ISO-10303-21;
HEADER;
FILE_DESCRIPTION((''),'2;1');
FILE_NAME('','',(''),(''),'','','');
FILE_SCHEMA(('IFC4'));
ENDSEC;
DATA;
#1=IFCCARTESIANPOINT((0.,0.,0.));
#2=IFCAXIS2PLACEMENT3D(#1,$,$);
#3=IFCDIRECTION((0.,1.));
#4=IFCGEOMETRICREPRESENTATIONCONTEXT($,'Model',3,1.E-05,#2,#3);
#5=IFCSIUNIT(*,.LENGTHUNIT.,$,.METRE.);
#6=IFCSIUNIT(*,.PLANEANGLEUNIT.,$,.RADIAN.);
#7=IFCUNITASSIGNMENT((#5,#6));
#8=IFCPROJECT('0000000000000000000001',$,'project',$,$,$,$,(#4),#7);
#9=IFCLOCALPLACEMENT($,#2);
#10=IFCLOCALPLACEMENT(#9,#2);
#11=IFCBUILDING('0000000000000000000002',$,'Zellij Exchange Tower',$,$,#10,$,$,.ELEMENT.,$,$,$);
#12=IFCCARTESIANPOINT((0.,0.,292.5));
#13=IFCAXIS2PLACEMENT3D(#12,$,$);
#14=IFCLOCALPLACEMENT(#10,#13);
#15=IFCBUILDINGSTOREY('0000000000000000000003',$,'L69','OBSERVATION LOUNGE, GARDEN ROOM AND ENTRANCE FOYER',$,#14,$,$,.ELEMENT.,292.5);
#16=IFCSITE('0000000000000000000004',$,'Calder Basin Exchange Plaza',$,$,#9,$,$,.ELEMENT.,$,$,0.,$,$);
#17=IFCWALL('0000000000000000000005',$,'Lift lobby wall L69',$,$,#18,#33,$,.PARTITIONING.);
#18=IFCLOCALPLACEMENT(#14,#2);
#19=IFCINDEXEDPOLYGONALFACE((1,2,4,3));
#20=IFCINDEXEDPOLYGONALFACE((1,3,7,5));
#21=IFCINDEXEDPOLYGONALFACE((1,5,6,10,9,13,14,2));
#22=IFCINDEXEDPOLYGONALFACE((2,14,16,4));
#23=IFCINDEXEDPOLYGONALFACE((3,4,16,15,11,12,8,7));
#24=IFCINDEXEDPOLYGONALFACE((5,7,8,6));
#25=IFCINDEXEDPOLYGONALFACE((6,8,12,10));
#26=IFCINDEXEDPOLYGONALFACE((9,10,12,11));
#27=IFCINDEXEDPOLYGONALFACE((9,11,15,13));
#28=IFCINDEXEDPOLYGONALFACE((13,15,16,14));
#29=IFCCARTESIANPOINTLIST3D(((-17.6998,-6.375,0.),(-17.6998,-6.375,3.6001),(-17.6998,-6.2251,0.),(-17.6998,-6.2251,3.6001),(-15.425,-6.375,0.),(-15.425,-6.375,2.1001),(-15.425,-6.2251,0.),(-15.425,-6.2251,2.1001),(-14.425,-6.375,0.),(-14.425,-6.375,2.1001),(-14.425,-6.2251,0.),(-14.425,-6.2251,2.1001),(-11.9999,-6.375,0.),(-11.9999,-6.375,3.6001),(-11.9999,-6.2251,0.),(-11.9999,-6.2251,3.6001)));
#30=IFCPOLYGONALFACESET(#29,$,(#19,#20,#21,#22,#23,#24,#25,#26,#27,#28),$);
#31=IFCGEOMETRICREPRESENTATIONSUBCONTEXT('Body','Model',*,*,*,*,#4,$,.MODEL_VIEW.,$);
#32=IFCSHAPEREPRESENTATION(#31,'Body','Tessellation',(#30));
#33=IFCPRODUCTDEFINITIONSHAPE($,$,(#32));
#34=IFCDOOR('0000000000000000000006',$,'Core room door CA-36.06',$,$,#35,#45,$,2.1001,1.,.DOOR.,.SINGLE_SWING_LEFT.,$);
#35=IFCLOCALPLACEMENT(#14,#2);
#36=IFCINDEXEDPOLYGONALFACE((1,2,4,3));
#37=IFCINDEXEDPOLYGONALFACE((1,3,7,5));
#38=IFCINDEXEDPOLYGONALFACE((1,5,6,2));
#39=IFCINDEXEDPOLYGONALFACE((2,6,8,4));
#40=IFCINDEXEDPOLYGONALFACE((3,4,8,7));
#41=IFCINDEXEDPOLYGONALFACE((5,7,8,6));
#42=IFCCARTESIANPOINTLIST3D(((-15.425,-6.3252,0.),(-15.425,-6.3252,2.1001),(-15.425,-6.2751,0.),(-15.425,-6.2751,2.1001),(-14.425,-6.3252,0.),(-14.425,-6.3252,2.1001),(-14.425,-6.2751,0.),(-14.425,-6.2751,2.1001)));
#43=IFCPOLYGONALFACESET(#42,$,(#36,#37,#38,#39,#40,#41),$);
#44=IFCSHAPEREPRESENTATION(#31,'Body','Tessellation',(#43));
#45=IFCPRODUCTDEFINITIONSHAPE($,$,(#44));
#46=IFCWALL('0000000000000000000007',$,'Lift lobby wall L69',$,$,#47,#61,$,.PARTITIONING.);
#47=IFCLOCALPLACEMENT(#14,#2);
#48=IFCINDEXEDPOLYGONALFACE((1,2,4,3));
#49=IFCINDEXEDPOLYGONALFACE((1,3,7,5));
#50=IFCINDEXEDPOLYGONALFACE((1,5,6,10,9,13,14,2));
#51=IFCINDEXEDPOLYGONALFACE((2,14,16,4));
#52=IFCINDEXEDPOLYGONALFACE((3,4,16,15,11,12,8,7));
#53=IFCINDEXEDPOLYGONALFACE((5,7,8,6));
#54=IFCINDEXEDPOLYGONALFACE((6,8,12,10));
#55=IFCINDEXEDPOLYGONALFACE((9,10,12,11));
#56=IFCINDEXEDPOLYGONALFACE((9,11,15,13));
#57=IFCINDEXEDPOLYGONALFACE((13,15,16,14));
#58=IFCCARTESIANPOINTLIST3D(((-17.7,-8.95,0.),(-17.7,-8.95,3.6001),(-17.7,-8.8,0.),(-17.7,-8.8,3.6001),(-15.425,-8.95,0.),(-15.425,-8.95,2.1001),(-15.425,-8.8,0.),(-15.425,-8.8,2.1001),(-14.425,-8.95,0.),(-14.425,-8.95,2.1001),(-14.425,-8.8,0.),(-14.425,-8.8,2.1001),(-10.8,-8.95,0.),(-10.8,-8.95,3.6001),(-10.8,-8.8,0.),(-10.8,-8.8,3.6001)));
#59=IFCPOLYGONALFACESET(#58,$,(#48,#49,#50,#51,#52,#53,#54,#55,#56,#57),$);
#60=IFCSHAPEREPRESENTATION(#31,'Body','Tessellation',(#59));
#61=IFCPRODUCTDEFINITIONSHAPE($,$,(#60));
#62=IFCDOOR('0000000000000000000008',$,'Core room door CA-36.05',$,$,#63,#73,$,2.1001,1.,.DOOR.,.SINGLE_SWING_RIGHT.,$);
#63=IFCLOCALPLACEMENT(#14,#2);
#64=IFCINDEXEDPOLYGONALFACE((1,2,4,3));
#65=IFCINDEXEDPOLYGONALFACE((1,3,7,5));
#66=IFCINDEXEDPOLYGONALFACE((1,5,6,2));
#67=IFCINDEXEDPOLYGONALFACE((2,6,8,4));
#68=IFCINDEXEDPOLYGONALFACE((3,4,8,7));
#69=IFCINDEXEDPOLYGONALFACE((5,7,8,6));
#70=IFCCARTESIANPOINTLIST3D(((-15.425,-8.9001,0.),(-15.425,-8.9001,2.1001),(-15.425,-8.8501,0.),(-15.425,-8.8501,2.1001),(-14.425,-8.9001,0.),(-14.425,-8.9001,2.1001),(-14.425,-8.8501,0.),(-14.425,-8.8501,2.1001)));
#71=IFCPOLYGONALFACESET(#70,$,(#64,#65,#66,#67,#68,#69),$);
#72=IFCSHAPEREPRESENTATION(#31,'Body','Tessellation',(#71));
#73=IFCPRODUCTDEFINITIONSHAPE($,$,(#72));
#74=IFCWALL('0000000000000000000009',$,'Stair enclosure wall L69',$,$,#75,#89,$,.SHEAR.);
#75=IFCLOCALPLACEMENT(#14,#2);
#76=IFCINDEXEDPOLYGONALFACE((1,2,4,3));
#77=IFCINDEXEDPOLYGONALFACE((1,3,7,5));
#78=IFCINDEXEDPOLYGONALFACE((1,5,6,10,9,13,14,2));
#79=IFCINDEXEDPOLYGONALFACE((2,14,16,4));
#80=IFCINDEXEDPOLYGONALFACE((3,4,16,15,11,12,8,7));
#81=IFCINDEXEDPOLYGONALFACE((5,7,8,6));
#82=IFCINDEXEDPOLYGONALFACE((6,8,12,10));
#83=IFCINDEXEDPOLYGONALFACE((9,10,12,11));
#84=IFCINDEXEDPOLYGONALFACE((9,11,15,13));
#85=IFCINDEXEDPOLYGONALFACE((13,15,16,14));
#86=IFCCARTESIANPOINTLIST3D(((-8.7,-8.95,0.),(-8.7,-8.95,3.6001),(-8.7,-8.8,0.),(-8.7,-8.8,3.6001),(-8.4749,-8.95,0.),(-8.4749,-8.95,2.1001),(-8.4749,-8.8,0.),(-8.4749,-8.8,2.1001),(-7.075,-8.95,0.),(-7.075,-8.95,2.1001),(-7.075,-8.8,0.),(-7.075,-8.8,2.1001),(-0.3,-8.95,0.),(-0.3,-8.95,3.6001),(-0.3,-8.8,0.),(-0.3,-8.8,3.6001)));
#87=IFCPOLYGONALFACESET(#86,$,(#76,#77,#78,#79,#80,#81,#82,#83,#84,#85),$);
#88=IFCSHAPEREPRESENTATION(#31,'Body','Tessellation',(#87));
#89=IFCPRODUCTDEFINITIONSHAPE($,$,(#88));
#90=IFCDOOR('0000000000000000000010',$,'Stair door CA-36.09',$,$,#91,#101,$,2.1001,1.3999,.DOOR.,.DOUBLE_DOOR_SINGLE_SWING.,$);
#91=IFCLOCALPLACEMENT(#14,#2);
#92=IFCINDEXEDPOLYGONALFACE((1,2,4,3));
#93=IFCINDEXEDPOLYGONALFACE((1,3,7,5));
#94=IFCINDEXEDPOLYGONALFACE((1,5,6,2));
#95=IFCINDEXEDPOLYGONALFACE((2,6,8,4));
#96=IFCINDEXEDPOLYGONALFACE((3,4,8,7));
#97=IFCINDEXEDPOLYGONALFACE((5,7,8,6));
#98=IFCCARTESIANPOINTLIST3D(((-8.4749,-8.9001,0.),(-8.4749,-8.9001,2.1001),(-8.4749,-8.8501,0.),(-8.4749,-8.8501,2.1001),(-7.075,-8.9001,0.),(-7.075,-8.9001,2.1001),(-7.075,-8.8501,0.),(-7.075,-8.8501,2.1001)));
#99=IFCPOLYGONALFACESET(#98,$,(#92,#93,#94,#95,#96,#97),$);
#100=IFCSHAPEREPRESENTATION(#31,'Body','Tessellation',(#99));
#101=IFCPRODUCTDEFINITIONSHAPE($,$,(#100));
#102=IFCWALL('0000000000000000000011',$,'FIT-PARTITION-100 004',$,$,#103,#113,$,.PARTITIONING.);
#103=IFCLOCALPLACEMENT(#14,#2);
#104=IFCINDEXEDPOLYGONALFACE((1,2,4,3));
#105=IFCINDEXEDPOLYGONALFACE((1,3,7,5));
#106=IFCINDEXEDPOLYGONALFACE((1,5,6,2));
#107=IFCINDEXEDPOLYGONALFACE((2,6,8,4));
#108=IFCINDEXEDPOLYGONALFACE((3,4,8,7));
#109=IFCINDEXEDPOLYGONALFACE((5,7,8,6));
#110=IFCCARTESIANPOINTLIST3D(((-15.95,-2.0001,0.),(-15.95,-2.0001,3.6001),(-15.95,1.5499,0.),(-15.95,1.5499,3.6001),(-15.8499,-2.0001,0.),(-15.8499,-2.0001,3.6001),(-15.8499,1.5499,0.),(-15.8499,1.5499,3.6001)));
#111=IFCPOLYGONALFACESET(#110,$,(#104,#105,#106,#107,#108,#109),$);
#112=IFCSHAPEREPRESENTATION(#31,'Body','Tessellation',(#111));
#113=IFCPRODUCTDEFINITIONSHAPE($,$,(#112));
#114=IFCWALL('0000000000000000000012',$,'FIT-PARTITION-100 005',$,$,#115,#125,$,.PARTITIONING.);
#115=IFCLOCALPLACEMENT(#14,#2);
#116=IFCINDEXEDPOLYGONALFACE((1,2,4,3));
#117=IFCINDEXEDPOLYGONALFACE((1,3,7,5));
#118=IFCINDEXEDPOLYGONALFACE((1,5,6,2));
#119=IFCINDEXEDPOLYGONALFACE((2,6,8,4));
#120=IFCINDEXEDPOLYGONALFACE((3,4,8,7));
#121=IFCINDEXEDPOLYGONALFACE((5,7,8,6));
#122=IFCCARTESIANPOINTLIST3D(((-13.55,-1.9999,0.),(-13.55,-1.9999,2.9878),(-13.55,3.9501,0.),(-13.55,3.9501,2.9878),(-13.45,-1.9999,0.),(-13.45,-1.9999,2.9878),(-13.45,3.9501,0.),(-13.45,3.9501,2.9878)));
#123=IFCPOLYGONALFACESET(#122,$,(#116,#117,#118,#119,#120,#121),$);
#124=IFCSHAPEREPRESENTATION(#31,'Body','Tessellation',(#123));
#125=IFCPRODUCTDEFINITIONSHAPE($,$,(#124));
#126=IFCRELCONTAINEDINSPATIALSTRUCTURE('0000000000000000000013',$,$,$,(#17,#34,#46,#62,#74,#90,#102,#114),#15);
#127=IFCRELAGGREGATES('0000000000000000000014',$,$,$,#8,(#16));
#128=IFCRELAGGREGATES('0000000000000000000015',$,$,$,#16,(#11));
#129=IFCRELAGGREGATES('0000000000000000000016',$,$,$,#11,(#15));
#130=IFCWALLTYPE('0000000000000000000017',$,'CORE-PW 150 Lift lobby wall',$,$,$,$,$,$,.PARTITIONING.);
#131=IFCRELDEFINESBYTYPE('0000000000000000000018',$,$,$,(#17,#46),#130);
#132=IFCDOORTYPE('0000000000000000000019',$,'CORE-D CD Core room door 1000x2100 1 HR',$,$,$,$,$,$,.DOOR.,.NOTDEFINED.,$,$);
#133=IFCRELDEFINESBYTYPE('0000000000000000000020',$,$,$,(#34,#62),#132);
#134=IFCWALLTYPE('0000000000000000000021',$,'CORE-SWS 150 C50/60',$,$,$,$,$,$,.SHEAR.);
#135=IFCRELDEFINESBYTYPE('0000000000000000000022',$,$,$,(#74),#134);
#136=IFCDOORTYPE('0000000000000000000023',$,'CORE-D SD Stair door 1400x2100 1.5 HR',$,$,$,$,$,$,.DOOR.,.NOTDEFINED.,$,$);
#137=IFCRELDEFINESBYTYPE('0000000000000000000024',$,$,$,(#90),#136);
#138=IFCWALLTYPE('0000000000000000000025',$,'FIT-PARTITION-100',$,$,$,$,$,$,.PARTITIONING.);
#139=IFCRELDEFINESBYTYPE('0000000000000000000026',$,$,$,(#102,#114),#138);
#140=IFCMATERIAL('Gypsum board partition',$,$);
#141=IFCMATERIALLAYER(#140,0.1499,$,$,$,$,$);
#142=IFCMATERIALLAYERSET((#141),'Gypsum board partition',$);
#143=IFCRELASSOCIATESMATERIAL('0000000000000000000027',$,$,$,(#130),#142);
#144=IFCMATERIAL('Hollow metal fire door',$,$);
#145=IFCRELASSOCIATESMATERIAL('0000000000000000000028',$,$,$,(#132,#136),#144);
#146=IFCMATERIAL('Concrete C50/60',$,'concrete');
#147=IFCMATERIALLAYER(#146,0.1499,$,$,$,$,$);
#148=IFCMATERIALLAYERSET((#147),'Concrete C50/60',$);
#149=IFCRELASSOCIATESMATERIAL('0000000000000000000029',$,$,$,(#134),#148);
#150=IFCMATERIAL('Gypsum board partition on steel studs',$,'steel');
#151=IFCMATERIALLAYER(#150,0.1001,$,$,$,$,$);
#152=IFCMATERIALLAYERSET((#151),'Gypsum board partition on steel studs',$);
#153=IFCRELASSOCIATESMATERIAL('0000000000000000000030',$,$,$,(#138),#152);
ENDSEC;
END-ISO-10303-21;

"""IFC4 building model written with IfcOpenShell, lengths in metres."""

from ifc_helpers import new_model, si_unit, direction, frame, frame_2d, origin, place, context, subcontext, project, spatial, rectangle, extrude, material, layer, layer_set, type_object, element, fill, save


model = new_model("IFC4")

# Units and contexts
model_context = context("Model", 3, precision=1e-05, world=origin(), true_north=direction((0.0, 1.0)))
body_context = subcontext(model_context, "Body", "Model", "MODEL_VIEW")
ifc_project = project(units=[si_unit("LENGTHUNIT", "METRE"), si_unit("PLANEANGLEUNIT", "RADIAN")], contexts=[model_context])

# Site, building, storey
site_placement = place(None, origin())
site = spatial("IfcSite", under=ifc_project, at=site_placement, Name="Calder Basin Exchange Plaza", CompositionType="ELEMENT", RefElevation=0.0)
building_placement = place(site_placement, origin())
building = spatial("IfcBuilding", under=site, at=building_placement, Name="Zellij Exchange Tower", CompositionType="ELEMENT")
storey_placement = place(building_placement, frame((0.0, 0.0, 292.5)))
storey = spatial("IfcBuildingStorey", under=building, at=storey_placement, Name="L69", Description="OBSERVATION LOUNGE, GARDEN ROOM AND ENTRANCE FOYER", CompositionType="ELEMENT", Elevation=292.5)

# Shared definitions
ifc_material_1 = material(Name="Concrete C50/60", Category="concrete")

# Shared definitions
ifc_material_2 = material(Name="Gypsum board partition")
ifc_layer_1 = layer(ifc_material_2, 0.1499)
ifc_layer_set_1 = layer_set([ifc_layer_1], Name="Gypsum board partition")
wall_type_1 = type_object("IfcWallType", Name="CORE-PW 150 Lift lobby wall", PredefinedType="PARTITIONING", material=ifc_layer_set_1)

# Shared definitions
ifc_material_3 = material(Name="Hollow metal fire door")

# Walls, openings, doors
wall_1_placement = place(storey_placement, frame((-17.7, -6.3, 0.0), z_axis=(0.0, 0.0, 1.0), x_axis=(1.0, 0.0, 0.0)))
wall_1 = element("IfcWall", 1, at=wall_1_placement, inside=storey, type_object=wall_type_1, Name="Lift lobby wall L69", PredefinedType="PARTITIONING", context=body_context, shape_type="SweptSolid", body=[
    extrude(rectangle(XDim=5.7, YDim=0.1499, at=frame_2d((2.8501, 0.0))), origin(), (0.0, 0.0, 1.0), 3.6001),
])
opening_1_placement = place(wall_1_placement, frame((2.2749, 0.0, 0.0)))
opening_1 = element("IfcOpeningElement", 2, at=opening_1_placement, cuts=wall_1, PredefinedType="OPENING", context=body_context, shape_type="SweptSolid", body=[
    extrude(rectangle(XDim=1.0, YDim=2.1001, at=frame_2d((0.5, 1.05))), frame((0.0, 0.0869, 0.0), z_axis=(0.0, -1.0, 0.0), x_axis=(1.0, 0.0, 0.0)), (0.0, 0.0, 1.0), 0.1738),
])
door_type_1 = type_object("IfcDoorType", Name="CORE-D CD Core room door 1000x2100 1 HR", OperationType="NOTDEFINED", PredefinedType="DOOR", material=ifc_material_3)
door_1_placement = place(opening_1_placement, origin())
door_1 = element("IfcDoor", 3, at=door_1_placement, inside=storey, type_object=door_type_1, Name="Core room door CA-36.06", OperationType="SINGLE_SWING_LEFT", OverallHeight=2.1001, OverallWidth=1.0, PredefinedType="DOOR", context=body_context, shape_type="SweptSolid", body=[
    extrude(rectangle(XDim=1.0, YDim=2.1001, at=frame_2d((0.5, 1.05))), frame((0.0, 0.0249, 0.0), z_axis=(0.0, -1.0, 0.0), x_axis=(1.0, 0.0, 0.0)), (0.0, 0.0, 1.0), 0.05),
])
fill(opening_1, door_1)
wall_2_placement = place(storey_placement, frame((-17.7, -8.875, 0.0), z_axis=(0.0, 0.0, 1.0), x_axis=(1.0, 0.0, 0.0)))
wall_2 = element("IfcWall", 4, at=wall_2_placement, inside=storey, type_object=wall_type_1, Name="Lift lobby wall L69", PredefinedType="PARTITIONING", context=body_context, shape_type="SweptSolid", body=[
    extrude(rectangle(XDim=6.8999, YDim=0.1499, at=frame_2d((3.45, 0.0))), origin(), (0.0, 0.0, 1.0), 3.6001),
])
opening_2_placement = place(wall_2_placement, frame((2.2749, 0.0, 0.0)))
opening_2 = element("IfcOpeningElement", 5, at=opening_2_placement, cuts=wall_2, PredefinedType="OPENING", context=body_context, shape_type="SweptSolid", body=[
    extrude(rectangle(XDim=1.0, YDim=2.1001, at=frame_2d((0.5, 1.05))), frame((0.0, 0.0869, 0.0), z_axis=(0.0, -1.0, 0.0), x_axis=(1.0, 0.0, 0.0)), (0.0, 0.0, 1.0), 0.1738),
])
door_2_placement = place(opening_2_placement, origin())
door_2 = element("IfcDoor", 6, at=door_2_placement, inside=storey, type_object=door_type_1, Name="Core room door CA-36.05", OperationType="SINGLE_SWING_RIGHT", OverallHeight=2.1001, OverallWidth=1.0, PredefinedType="DOOR", context=body_context, shape_type="SweptSolid", body=[
    extrude(rectangle(XDim=1.0, YDim=2.1001, at=frame_2d((0.5, 1.05))), frame((0.0, 0.0249, 0.0), z_axis=(0.0, -1.0, 0.0), x_axis=(1.0, 0.0, 0.0)), (0.0, 0.0, 1.0), 0.05),
])
fill(opening_2, door_2)
ifc_layer_2 = layer(ifc_material_1, 0.1499)
ifc_layer_set_2 = layer_set([ifc_layer_2], Name="Concrete C50/60")
wall_type_2 = type_object("IfcWallType", Name="CORE-SWS 150 C50/60", PredefinedType="SHEAR", material=ifc_layer_set_2)
wall_3_placement = place(storey_placement, frame((-8.7, -8.875, 0.0), z_axis=(0.0, 0.0, 1.0), x_axis=(1.0, 0.0, 0.0)))
wall_3 = element("IfcWall", 7, at=wall_3_placement, inside=storey, type_object=wall_type_2, Name="Stair enclosure wall L69", PredefinedType="SHEAR", context=body_context, shape_type="SweptSolid", body=[
    extrude(rectangle(XDim=8.3999, YDim=0.1499, at=frame_2d((4.2, 0.0))), origin(), (0.0, 0.0, 1.0), 3.6001),
])
opening_3_placement = place(wall_3_placement, frame((0.2251, 0.0, 0.0)))
opening_3 = element("IfcOpeningElement", 8, at=opening_3_placement, cuts=wall_3, PredefinedType="OPENING", context=body_context, shape_type="SweptSolid", body=[
    extrude(rectangle(XDim=1.3999, YDim=2.1001, at=frame_2d((0.7, 1.05))), frame((0.0, 0.0869, 0.0), z_axis=(0.0, -1.0, 0.0), x_axis=(1.0, 0.0, 0.0)), (0.0, 0.0, 1.0), 0.1738),
])
door_type_2 = type_object("IfcDoorType", Name="CORE-D SD Stair door 1400x2100 1.5 HR", OperationType="NOTDEFINED", PredefinedType="DOOR", material=ifc_material_3)
door_3_placement = place(opening_3_placement, origin())
door_3 = element("IfcDoor", 9, at=door_3_placement, inside=storey, type_object=door_type_2, Name="Stair door CA-36.09", OperationType="DOUBLE_DOOR_SINGLE_SWING", OverallHeight=2.1001, OverallWidth=1.3999, PredefinedType="DOOR", context=body_context, shape_type="SweptSolid", body=[
    extrude(rectangle(XDim=1.3999, YDim=2.1001, at=frame_2d((0.7, 1.05))), frame((0.0, 0.0249, 0.0), z_axis=(0.0, -1.0, 0.0), x_axis=(1.0, 0.0, 0.0)), (0.0, 0.0, 1.0), 0.05),
])
fill(opening_3, door_3)

# Walls
ifc_material_4 = material(Name="Gypsum board partition on steel studs", Category="steel")
ifc_layer_3 = layer(ifc_material_4, 0.1001)
ifc_layer_set_3 = layer_set([ifc_layer_3], Name="Gypsum board partition on steel studs")
wall_type_3 = type_object("IfcWallType", Name="FIT-PARTITION-100", PredefinedType="PARTITIONING", material=ifc_layer_set_3)
wall_4_placement = place(storey_placement, frame((-15.8999, -2.0, 0.0), z_axis=(0.0, 0.0, 1.0), x_axis=(0.0, 1.0, 0.0)))
element("IfcWall", 10, at=wall_4_placement, inside=storey, type_object=wall_type_3, Name="FIT-PARTITION-100 004", PredefinedType="PARTITIONING", context=body_context, shape_type="SweptSolid", body=[
    extrude(rectangle(XDim=3.55, YDim=0.1001, at=frame_2d((1.7749, 0.0))), origin(), (0.0, 0.0, 1.0), 3.6001),
])
wall_5_placement = place(storey_placement, frame((-13.5, -2.0, 0.0), z_axis=(0.0, 0.0, 1.0), x_axis=(0.0, 1.0, 0.0)))
element("IfcWall", 11, at=wall_5_placement, inside=storey, type_object=wall_type_3, Name="FIT-PARTITION-100 005", PredefinedType="PARTITIONING", context=body_context, shape_type="SweptSolid", body=[
    extrude(rectangle(XDim=5.95, YDim=0.1001, at=frame_2d((2.9751, 0.0))), origin(), (0.0, 0.0, 1.0), 2.9878),
])

save(model, "model.ifc")
